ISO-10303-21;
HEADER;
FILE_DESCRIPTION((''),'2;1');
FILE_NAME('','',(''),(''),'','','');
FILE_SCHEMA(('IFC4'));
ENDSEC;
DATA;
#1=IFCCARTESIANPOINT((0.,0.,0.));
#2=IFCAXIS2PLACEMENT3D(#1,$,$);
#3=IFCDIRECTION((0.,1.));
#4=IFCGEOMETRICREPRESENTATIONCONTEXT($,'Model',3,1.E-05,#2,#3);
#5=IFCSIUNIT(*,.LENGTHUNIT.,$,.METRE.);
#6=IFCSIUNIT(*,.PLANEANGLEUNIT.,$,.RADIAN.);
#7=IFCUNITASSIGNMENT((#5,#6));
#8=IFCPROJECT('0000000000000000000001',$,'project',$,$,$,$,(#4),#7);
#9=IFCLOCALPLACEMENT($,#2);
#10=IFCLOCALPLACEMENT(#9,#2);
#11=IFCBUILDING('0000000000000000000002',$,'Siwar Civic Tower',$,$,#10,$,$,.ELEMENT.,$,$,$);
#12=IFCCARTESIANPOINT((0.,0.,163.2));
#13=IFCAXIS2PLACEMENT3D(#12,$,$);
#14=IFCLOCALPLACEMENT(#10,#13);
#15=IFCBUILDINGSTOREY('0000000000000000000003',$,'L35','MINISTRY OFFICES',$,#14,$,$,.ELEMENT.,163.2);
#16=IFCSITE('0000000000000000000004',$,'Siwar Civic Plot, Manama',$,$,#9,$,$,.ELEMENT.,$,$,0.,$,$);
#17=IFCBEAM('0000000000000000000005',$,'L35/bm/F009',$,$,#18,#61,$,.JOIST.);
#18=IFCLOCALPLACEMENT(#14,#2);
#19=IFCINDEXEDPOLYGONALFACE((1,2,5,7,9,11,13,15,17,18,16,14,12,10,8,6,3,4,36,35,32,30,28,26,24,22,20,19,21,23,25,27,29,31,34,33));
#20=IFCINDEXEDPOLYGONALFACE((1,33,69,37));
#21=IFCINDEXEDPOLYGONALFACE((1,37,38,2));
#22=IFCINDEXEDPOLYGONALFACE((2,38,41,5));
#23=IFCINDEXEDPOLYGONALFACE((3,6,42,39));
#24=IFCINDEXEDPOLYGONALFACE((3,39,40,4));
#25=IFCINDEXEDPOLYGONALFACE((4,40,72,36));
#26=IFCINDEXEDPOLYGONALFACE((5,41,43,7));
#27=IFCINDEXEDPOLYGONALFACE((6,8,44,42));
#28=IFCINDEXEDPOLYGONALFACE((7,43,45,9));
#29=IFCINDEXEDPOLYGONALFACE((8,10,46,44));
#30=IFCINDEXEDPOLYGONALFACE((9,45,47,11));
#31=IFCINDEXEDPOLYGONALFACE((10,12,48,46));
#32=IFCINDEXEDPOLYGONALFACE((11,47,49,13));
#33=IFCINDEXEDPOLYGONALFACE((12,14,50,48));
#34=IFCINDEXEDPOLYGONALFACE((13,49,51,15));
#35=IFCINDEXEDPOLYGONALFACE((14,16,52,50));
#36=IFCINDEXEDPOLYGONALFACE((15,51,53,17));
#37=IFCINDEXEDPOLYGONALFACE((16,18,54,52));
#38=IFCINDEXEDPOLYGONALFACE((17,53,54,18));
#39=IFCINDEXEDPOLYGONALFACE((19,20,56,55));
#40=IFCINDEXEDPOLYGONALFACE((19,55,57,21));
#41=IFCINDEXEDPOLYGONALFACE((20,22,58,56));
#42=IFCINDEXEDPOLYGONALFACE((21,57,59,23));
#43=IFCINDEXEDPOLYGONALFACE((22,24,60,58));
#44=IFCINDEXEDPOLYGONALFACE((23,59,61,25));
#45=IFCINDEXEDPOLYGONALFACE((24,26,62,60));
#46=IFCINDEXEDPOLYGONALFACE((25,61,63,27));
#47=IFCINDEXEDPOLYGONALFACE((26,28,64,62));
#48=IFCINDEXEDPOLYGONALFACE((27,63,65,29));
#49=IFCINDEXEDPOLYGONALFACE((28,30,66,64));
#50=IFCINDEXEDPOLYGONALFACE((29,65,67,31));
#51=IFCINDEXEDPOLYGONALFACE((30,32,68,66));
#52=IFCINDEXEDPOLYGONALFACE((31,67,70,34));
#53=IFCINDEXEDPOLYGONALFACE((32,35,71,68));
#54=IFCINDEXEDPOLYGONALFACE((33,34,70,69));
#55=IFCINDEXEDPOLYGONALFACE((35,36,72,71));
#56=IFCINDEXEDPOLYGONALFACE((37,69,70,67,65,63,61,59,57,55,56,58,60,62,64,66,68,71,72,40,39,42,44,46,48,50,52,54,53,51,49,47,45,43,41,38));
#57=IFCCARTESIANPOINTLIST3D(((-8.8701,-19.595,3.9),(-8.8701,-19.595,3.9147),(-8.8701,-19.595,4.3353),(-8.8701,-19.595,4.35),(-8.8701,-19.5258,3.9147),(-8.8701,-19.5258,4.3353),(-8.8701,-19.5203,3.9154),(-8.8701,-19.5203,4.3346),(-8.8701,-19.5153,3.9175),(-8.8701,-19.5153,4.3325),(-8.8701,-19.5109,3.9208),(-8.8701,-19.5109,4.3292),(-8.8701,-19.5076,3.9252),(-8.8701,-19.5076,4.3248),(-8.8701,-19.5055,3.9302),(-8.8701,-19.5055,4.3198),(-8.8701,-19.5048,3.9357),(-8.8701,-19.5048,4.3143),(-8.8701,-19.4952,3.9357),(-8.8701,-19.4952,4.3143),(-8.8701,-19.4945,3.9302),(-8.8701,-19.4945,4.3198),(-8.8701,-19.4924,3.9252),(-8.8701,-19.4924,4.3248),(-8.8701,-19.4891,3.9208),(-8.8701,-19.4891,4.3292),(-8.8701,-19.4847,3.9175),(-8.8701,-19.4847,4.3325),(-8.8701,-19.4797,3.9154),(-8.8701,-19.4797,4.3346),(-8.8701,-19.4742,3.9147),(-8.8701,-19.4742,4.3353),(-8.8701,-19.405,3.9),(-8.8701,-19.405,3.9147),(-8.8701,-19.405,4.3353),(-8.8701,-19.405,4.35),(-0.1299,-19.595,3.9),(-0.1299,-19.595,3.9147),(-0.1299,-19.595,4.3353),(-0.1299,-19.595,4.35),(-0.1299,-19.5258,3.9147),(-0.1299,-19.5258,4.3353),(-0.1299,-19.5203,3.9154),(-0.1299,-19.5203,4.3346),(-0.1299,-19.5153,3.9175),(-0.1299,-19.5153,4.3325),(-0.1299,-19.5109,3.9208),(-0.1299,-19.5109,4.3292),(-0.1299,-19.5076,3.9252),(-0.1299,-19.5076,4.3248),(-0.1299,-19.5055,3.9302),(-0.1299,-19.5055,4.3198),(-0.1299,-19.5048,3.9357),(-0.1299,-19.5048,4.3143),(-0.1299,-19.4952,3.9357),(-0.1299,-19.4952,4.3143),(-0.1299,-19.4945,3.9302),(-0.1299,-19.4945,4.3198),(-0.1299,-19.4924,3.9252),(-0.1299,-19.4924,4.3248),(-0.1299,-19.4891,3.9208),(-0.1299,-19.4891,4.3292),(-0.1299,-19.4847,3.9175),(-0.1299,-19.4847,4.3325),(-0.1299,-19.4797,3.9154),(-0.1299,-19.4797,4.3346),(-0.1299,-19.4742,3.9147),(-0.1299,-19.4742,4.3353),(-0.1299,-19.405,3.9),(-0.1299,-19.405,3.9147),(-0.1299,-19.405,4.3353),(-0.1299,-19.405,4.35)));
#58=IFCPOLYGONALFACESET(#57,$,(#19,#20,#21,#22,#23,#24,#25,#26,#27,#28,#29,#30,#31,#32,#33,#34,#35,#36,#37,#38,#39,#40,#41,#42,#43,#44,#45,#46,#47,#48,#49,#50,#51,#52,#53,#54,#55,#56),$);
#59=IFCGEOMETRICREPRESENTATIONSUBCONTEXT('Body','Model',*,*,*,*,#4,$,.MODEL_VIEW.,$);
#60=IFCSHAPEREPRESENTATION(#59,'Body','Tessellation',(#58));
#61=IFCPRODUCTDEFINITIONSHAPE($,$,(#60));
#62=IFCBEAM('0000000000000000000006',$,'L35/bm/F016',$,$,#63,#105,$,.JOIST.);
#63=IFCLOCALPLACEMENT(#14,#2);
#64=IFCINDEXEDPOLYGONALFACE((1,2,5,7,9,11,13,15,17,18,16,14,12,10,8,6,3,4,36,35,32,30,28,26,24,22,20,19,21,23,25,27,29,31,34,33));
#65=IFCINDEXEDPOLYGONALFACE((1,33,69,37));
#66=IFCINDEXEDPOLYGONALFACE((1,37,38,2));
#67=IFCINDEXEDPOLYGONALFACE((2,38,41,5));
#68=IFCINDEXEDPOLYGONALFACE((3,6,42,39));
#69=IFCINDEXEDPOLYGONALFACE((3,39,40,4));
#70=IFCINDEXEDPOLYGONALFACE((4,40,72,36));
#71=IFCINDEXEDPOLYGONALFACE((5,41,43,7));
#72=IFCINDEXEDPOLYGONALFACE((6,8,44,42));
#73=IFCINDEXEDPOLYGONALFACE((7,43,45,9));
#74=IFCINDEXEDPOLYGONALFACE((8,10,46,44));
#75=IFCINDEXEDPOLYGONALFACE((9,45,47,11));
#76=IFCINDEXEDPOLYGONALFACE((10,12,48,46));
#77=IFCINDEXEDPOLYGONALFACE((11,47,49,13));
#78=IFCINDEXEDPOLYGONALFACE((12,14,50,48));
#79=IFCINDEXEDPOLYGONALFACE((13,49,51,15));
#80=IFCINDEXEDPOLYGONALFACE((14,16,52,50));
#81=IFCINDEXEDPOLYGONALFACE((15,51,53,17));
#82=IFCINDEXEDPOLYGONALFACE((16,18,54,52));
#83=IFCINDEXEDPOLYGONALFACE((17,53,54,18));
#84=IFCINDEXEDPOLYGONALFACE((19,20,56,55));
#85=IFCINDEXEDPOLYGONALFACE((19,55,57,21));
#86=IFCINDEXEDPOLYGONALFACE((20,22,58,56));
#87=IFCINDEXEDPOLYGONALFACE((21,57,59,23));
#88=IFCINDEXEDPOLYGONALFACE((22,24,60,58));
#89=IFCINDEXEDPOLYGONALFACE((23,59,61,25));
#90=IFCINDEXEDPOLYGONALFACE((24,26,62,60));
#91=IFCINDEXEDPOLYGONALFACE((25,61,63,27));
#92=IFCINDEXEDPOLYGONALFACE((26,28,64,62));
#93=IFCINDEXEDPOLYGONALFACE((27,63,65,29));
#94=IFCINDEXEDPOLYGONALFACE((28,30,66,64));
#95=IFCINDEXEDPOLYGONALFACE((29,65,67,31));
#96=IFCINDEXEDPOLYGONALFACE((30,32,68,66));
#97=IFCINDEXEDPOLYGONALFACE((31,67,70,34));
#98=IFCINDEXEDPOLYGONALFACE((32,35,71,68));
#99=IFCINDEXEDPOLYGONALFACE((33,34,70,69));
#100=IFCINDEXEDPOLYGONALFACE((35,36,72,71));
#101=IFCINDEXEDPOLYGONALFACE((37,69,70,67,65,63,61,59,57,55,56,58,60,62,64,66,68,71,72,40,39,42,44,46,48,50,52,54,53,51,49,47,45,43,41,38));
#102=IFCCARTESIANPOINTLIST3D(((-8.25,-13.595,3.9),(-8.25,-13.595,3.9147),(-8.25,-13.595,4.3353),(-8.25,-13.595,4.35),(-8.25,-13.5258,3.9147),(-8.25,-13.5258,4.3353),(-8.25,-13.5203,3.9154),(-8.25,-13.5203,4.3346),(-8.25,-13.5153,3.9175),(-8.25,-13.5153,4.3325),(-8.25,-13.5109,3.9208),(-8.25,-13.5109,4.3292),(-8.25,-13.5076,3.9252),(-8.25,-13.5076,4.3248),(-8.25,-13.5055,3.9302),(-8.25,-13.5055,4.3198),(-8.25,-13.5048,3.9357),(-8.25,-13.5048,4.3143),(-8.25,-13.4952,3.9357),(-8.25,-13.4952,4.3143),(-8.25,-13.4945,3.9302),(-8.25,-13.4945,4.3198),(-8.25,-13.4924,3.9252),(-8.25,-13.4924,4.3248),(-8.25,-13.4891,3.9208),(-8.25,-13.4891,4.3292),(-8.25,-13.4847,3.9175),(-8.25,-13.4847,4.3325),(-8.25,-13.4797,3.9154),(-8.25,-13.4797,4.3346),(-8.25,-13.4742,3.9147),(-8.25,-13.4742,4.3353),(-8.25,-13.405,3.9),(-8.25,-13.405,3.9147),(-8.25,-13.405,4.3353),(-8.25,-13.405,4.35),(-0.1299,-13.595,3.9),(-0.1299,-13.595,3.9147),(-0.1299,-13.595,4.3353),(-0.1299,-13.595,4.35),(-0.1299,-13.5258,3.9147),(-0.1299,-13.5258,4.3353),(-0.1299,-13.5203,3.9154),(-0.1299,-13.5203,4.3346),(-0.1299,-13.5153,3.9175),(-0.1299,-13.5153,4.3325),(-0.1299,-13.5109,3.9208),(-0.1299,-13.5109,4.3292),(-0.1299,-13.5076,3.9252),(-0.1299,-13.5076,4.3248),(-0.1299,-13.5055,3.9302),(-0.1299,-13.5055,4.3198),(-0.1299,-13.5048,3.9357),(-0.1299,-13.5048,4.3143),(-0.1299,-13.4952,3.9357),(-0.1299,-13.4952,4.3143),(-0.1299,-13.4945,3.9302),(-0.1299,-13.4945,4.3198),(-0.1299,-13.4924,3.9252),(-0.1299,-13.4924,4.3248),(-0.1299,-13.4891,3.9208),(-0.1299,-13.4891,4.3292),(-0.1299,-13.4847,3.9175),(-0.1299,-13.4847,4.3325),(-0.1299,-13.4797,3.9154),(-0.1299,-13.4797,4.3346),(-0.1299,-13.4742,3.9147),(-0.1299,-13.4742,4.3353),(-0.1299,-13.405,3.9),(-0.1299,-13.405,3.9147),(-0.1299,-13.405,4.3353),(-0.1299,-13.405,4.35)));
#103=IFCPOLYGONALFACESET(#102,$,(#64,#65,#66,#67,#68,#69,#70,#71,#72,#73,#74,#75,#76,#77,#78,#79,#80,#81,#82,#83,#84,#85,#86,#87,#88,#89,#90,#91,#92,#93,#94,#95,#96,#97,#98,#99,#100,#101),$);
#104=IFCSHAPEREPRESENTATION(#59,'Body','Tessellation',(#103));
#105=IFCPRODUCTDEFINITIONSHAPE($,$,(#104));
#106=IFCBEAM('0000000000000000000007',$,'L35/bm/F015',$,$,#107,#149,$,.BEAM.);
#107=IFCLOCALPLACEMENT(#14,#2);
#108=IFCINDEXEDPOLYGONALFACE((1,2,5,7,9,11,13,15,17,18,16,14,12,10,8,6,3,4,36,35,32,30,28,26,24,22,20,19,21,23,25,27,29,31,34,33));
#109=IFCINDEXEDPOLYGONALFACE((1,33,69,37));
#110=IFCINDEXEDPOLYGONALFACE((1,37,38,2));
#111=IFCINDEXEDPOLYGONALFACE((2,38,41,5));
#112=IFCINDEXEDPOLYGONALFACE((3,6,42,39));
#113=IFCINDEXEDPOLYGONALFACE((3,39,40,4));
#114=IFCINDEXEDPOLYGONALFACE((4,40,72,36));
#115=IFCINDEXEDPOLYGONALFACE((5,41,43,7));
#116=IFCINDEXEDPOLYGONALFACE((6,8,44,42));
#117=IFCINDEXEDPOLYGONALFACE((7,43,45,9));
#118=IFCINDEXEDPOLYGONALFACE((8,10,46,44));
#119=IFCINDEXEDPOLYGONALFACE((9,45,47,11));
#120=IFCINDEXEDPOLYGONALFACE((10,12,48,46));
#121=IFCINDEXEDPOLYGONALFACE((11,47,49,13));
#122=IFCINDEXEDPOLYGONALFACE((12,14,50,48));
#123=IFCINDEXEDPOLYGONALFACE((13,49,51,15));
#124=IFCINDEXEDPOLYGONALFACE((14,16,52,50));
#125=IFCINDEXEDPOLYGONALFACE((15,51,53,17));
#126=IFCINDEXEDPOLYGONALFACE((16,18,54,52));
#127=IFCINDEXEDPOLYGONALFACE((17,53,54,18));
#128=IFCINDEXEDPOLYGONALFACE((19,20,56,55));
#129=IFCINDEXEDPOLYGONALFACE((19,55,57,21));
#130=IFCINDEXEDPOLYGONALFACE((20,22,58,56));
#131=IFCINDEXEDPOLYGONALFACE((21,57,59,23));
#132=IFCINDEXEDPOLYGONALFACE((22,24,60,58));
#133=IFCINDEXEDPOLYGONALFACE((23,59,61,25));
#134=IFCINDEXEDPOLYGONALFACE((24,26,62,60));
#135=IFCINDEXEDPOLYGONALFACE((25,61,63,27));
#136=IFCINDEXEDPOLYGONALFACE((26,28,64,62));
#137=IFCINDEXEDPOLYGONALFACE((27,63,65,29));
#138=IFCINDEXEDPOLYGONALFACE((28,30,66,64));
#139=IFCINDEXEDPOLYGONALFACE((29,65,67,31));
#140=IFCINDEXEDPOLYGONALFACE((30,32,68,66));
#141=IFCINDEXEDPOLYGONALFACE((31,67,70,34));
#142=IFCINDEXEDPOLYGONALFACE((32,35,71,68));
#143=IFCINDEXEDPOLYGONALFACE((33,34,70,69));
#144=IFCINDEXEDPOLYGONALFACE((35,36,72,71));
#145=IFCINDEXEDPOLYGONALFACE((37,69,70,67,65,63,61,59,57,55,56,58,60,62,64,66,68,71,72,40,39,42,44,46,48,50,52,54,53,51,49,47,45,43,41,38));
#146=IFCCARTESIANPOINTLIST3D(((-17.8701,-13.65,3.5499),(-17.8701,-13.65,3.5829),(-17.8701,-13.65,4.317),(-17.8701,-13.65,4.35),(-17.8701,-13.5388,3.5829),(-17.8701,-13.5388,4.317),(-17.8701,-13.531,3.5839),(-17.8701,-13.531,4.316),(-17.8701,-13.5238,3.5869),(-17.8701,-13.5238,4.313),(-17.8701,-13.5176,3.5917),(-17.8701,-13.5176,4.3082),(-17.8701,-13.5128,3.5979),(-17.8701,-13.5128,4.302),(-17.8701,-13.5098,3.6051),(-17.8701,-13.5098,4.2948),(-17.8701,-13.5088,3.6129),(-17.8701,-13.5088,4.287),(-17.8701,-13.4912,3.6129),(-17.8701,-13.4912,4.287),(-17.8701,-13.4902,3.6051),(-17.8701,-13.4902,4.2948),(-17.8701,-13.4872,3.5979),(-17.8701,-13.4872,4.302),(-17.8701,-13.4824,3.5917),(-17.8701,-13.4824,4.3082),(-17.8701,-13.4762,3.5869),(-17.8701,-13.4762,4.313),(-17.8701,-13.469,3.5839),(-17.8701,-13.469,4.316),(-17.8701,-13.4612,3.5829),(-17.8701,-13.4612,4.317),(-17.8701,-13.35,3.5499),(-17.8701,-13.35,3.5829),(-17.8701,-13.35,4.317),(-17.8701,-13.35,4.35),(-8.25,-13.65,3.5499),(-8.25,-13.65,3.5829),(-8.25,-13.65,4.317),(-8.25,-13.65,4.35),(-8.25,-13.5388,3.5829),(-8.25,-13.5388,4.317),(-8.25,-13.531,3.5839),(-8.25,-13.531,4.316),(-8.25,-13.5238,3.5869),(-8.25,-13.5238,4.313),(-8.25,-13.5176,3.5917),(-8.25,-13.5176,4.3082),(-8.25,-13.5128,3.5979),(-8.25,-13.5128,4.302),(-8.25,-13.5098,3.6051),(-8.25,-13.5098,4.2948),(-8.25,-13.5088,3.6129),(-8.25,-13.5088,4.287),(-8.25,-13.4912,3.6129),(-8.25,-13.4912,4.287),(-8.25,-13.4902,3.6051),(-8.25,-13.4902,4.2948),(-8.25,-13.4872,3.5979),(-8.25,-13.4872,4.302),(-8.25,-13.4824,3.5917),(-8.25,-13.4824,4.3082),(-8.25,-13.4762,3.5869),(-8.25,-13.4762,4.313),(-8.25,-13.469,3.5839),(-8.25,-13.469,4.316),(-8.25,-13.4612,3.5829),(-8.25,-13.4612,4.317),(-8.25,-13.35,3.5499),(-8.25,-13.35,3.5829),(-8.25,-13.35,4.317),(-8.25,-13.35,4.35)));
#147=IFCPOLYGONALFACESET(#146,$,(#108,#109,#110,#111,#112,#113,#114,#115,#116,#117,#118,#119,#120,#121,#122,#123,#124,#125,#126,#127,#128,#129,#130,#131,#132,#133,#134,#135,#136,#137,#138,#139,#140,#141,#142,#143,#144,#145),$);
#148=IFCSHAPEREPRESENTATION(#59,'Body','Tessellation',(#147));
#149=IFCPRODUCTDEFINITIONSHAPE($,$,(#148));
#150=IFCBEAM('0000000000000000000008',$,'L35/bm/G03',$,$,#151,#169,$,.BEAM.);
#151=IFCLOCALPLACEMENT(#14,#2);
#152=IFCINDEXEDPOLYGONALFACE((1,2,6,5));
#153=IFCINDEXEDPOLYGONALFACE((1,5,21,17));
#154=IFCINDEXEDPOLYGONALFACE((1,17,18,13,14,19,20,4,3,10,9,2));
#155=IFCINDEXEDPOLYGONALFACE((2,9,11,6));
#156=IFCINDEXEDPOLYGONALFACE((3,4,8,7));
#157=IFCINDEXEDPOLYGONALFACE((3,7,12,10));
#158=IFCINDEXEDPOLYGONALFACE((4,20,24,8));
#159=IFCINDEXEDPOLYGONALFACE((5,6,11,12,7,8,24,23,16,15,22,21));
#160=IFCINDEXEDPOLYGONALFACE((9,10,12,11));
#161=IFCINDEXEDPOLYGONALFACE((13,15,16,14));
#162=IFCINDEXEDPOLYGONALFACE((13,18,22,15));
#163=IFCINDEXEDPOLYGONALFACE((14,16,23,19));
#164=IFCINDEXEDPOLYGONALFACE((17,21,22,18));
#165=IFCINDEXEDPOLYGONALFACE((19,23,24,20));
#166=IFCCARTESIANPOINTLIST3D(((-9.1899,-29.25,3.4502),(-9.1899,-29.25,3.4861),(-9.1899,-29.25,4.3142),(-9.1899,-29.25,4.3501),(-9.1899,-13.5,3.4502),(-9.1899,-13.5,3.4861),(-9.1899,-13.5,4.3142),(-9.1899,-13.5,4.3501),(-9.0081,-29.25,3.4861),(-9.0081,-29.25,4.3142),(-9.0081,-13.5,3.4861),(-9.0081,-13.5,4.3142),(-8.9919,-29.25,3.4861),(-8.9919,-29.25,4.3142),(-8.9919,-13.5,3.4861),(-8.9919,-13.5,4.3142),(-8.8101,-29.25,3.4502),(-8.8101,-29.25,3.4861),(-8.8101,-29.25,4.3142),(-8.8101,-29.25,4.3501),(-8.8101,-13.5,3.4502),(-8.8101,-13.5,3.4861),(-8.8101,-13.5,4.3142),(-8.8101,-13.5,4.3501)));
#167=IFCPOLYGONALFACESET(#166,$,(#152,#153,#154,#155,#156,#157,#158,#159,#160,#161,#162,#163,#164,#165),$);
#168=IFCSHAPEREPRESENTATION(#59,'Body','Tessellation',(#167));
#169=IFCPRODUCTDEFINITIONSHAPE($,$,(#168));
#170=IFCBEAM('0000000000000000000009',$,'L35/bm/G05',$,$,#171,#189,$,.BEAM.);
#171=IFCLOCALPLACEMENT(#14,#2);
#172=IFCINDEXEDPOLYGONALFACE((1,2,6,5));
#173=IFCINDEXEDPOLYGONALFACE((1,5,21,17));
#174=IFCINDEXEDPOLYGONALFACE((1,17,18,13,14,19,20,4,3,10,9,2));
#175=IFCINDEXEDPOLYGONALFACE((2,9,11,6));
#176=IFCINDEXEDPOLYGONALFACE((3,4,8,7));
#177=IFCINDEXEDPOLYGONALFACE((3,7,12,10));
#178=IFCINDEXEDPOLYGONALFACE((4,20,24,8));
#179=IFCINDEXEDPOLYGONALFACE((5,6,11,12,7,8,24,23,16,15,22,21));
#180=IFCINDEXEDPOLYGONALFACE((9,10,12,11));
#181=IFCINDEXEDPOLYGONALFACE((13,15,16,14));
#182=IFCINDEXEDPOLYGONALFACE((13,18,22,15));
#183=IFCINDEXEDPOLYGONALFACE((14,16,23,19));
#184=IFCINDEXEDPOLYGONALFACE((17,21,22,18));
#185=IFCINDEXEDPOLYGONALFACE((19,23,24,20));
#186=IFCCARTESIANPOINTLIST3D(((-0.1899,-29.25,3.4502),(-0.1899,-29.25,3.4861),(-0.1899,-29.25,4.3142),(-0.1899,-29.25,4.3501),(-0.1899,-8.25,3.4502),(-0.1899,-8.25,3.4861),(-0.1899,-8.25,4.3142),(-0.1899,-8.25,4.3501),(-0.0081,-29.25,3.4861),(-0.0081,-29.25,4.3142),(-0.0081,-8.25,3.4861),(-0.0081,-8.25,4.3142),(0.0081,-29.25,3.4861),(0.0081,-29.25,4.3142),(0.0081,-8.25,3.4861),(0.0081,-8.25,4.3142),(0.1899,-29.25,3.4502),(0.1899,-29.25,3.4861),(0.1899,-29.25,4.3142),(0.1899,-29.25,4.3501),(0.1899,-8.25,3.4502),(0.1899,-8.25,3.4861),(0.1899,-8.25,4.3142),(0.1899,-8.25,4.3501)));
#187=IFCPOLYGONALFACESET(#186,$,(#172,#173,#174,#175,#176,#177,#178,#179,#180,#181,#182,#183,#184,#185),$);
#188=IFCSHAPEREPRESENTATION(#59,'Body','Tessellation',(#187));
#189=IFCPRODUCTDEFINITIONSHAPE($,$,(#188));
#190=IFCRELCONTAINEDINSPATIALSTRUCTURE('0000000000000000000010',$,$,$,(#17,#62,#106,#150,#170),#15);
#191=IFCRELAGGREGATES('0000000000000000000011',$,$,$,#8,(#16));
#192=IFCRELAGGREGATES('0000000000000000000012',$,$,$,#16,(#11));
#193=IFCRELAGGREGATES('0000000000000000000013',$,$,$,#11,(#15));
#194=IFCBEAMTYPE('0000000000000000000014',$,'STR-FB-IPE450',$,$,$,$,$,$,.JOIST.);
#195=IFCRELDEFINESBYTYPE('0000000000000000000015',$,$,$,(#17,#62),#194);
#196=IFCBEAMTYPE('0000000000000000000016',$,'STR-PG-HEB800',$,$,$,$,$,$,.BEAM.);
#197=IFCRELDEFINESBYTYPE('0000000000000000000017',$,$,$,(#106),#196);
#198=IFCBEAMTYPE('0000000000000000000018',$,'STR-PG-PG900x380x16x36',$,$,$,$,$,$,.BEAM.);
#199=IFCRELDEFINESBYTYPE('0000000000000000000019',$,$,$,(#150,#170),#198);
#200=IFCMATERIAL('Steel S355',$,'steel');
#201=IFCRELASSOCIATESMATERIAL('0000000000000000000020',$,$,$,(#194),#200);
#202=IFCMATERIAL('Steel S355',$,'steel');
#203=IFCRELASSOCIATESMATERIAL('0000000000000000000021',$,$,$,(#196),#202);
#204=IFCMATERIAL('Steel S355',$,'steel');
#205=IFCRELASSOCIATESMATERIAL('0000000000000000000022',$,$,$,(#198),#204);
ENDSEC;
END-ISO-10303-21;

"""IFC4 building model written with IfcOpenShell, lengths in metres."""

from ifc_helpers import new_model, si_unit, direction, frame, origin, origin_2d, place, context, subcontext, project, spatial, i_section, extrude, material, material_profile, profile_set, type_object, element, save


model = new_model("IFC4")

# Units and contexts
model_context = context("Model", 3, precision=1e-05, world=origin(), true_north=direction((0.0, 1.0)))
body_context = subcontext(model_context, "Body", "Model", "MODEL_VIEW")
ifc_project = project(units=[si_unit("LENGTHUNIT", "METRE"), si_unit("PLANEANGLEUNIT", "RADIAN")], contexts=[model_context])

# Site, building, storey
site_placement = place(None, origin())
site = spatial("IfcSite", under=ifc_project, at=site_placement, Name="Siwar Civic Plot, Manama", CompositionType="ELEMENT", RefElevation=0.0)
building_placement = place(site_placement, origin())
building = spatial("IfcBuilding", under=site, at=building_placement, Name="Siwar Civic Tower", CompositionType="ELEMENT")
storey_placement = place(building_placement, frame((0.0, 0.0, 163.2)))
storey = spatial("IfcBuildingStorey", under=building, at=storey_placement, Name="L35", Description="MINISTRY OFFICES", CompositionType="ELEMENT", Elevation=163.2)

# Beams
ifc_material_1 = material(Name="Steel S355", Category="steel")
ifc_material_profile_1 = material_profile(ifc_material_1, i_section(OverallWidth=0.1899, OverallDepth=0.45, WebThickness=0.0095, FlangeThickness=0.0146, FilletRadius=0.021, at=origin_2d()), Name="IPE450")
ifc_profile_set_1 = profile_set([ifc_material_profile_1], Name="Steel S355")
beam_type_1 = type_object("IfcBeamType", Name="STR-FB-IPE450", PredefinedType="JOIST", material=ifc_profile_set_1)
for number, where, z_axis, x_axis, name in (
    (1, (-8.8701, -19.5, 4.125), (1.0, 0.0, 0.0), (0.0, 1.0, 0.0), "L35/bm/F009"),
):
    element("IfcBeam", number, at=place(storey_placement, frame(where, z_axis=z_axis, x_axis=x_axis)), inside=storey, type_object=beam_type_1, Name=name, PredefinedType="JOIST", context=body_context, shape_type="SweptSolid", body=[
        extrude(i_section(OverallWidth=0.1899, OverallDepth=0.45, WebThickness=0.0095, FlangeThickness=0.0146, FilletRadius=0.021, at=origin_2d()), origin(), (0.0, 0.0, 1.0), 8.7402),
    ])
beam_1_placement = place(storey_placement, frame((-8.25, -13.5, 4.125), z_axis=(1.0, 0.0, 0.0), x_axis=(0.0, 1.0, 0.0)))
element("IfcBeam", 2, at=beam_1_placement, inside=storey, type_object=beam_type_1, Name="L35/bm/F016", PredefinedType="JOIST", context=body_context, shape_type="SweptSolid", body=[
    extrude(i_section(OverallWidth=0.1899, OverallDepth=0.45, WebThickness=0.0095, FlangeThickness=0.0146, FilletRadius=0.021, at=origin_2d()), origin(), (0.0, 0.0, 1.0), 8.1201),
])
ifc_material_2 = material(Name="Steel S355", Category="steel")
ifc_material_profile_2 = material_profile(ifc_material_2, i_section(OverallWidth=0.3, OverallDepth=0.8, WebThickness=0.0176, FlangeThickness=0.033, FilletRadius=0.03, at=origin_2d()), Name="HEB800")
ifc_profile_set_2 = profile_set([ifc_material_profile_2], Name="Steel S355")
beam_type_2 = type_object("IfcBeamType", Name="STR-PG-HEB800", PredefinedType="BEAM", material=ifc_profile_set_2)
beam_2_placement = place(storey_placement, frame((-17.8701, -13.5, 3.95), z_axis=(1.0, 0.0, 0.0), x_axis=(0.0, 1.0, 0.0)))
element("IfcBeam", 3, at=beam_2_placement, inside=storey, type_object=beam_type_2, Name="L35/bm/F015", PredefinedType="BEAM", context=body_context, shape_type="SweptSolid", body=[
    extrude(i_section(OverallWidth=0.3, OverallDepth=0.8, WebThickness=0.0176, FlangeThickness=0.033, FilletRadius=0.03, at=origin_2d()), origin(), (0.0, 0.0, 1.0), 9.6201),
])
ifc_material_3 = material(Name="Steel S355", Category="steel")
ifc_material_profile_3 = material_profile(ifc_material_3, i_section(OverallWidth=0.3799, OverallDepth=0.8999, WebThickness=0.0161, FlangeThickness=0.0359, at=origin_2d()), Name="PG900x380x16x36")
ifc_profile_set_3 = profile_set([ifc_material_profile_3], Name="Steel S355")
beam_type_3 = type_object("IfcBeamType", Name="STR-PG-PG900x380x16x36", PredefinedType="BEAM", material=ifc_profile_set_3)
beam_3_placement = place(storey_placement, frame((-9.0, -29.25, 3.9001), z_axis=(0.0, 1.0, 0.0), x_axis=(-1.0, 0.0, 0.0)))
element("IfcBeam", 4, at=beam_3_placement, inside=storey, type_object=beam_type_3, Name="L35/bm/G03", PredefinedType="BEAM", context=body_context, shape_type="SweptSolid", body=[
    extrude(i_section(OverallWidth=0.3799, OverallDepth=0.8999, WebThickness=0.0161, FlangeThickness=0.0359, at=origin_2d()), origin(), (0.0, 0.0, 1.0), 15.75),
])
beam_4_placement = place(storey_placement, frame((0.0, -29.25, 3.9001), z_axis=(0.0, 1.0, 0.0), x_axis=(-1.0, 0.0, 0.0)))
element("IfcBeam", 5, at=beam_4_placement, inside=storey, type_object=beam_type_3, Name="L35/bm/G05", PredefinedType="BEAM", context=body_context, shape_type="SweptSolid", body=[
    extrude(i_section(OverallWidth=0.3799, OverallDepth=0.8999, WebThickness=0.0161, FlangeThickness=0.0359, at=origin_2d()), origin(), (0.0, 0.0, 1.0), 21.0),
])

save(model, "model.ifc")
